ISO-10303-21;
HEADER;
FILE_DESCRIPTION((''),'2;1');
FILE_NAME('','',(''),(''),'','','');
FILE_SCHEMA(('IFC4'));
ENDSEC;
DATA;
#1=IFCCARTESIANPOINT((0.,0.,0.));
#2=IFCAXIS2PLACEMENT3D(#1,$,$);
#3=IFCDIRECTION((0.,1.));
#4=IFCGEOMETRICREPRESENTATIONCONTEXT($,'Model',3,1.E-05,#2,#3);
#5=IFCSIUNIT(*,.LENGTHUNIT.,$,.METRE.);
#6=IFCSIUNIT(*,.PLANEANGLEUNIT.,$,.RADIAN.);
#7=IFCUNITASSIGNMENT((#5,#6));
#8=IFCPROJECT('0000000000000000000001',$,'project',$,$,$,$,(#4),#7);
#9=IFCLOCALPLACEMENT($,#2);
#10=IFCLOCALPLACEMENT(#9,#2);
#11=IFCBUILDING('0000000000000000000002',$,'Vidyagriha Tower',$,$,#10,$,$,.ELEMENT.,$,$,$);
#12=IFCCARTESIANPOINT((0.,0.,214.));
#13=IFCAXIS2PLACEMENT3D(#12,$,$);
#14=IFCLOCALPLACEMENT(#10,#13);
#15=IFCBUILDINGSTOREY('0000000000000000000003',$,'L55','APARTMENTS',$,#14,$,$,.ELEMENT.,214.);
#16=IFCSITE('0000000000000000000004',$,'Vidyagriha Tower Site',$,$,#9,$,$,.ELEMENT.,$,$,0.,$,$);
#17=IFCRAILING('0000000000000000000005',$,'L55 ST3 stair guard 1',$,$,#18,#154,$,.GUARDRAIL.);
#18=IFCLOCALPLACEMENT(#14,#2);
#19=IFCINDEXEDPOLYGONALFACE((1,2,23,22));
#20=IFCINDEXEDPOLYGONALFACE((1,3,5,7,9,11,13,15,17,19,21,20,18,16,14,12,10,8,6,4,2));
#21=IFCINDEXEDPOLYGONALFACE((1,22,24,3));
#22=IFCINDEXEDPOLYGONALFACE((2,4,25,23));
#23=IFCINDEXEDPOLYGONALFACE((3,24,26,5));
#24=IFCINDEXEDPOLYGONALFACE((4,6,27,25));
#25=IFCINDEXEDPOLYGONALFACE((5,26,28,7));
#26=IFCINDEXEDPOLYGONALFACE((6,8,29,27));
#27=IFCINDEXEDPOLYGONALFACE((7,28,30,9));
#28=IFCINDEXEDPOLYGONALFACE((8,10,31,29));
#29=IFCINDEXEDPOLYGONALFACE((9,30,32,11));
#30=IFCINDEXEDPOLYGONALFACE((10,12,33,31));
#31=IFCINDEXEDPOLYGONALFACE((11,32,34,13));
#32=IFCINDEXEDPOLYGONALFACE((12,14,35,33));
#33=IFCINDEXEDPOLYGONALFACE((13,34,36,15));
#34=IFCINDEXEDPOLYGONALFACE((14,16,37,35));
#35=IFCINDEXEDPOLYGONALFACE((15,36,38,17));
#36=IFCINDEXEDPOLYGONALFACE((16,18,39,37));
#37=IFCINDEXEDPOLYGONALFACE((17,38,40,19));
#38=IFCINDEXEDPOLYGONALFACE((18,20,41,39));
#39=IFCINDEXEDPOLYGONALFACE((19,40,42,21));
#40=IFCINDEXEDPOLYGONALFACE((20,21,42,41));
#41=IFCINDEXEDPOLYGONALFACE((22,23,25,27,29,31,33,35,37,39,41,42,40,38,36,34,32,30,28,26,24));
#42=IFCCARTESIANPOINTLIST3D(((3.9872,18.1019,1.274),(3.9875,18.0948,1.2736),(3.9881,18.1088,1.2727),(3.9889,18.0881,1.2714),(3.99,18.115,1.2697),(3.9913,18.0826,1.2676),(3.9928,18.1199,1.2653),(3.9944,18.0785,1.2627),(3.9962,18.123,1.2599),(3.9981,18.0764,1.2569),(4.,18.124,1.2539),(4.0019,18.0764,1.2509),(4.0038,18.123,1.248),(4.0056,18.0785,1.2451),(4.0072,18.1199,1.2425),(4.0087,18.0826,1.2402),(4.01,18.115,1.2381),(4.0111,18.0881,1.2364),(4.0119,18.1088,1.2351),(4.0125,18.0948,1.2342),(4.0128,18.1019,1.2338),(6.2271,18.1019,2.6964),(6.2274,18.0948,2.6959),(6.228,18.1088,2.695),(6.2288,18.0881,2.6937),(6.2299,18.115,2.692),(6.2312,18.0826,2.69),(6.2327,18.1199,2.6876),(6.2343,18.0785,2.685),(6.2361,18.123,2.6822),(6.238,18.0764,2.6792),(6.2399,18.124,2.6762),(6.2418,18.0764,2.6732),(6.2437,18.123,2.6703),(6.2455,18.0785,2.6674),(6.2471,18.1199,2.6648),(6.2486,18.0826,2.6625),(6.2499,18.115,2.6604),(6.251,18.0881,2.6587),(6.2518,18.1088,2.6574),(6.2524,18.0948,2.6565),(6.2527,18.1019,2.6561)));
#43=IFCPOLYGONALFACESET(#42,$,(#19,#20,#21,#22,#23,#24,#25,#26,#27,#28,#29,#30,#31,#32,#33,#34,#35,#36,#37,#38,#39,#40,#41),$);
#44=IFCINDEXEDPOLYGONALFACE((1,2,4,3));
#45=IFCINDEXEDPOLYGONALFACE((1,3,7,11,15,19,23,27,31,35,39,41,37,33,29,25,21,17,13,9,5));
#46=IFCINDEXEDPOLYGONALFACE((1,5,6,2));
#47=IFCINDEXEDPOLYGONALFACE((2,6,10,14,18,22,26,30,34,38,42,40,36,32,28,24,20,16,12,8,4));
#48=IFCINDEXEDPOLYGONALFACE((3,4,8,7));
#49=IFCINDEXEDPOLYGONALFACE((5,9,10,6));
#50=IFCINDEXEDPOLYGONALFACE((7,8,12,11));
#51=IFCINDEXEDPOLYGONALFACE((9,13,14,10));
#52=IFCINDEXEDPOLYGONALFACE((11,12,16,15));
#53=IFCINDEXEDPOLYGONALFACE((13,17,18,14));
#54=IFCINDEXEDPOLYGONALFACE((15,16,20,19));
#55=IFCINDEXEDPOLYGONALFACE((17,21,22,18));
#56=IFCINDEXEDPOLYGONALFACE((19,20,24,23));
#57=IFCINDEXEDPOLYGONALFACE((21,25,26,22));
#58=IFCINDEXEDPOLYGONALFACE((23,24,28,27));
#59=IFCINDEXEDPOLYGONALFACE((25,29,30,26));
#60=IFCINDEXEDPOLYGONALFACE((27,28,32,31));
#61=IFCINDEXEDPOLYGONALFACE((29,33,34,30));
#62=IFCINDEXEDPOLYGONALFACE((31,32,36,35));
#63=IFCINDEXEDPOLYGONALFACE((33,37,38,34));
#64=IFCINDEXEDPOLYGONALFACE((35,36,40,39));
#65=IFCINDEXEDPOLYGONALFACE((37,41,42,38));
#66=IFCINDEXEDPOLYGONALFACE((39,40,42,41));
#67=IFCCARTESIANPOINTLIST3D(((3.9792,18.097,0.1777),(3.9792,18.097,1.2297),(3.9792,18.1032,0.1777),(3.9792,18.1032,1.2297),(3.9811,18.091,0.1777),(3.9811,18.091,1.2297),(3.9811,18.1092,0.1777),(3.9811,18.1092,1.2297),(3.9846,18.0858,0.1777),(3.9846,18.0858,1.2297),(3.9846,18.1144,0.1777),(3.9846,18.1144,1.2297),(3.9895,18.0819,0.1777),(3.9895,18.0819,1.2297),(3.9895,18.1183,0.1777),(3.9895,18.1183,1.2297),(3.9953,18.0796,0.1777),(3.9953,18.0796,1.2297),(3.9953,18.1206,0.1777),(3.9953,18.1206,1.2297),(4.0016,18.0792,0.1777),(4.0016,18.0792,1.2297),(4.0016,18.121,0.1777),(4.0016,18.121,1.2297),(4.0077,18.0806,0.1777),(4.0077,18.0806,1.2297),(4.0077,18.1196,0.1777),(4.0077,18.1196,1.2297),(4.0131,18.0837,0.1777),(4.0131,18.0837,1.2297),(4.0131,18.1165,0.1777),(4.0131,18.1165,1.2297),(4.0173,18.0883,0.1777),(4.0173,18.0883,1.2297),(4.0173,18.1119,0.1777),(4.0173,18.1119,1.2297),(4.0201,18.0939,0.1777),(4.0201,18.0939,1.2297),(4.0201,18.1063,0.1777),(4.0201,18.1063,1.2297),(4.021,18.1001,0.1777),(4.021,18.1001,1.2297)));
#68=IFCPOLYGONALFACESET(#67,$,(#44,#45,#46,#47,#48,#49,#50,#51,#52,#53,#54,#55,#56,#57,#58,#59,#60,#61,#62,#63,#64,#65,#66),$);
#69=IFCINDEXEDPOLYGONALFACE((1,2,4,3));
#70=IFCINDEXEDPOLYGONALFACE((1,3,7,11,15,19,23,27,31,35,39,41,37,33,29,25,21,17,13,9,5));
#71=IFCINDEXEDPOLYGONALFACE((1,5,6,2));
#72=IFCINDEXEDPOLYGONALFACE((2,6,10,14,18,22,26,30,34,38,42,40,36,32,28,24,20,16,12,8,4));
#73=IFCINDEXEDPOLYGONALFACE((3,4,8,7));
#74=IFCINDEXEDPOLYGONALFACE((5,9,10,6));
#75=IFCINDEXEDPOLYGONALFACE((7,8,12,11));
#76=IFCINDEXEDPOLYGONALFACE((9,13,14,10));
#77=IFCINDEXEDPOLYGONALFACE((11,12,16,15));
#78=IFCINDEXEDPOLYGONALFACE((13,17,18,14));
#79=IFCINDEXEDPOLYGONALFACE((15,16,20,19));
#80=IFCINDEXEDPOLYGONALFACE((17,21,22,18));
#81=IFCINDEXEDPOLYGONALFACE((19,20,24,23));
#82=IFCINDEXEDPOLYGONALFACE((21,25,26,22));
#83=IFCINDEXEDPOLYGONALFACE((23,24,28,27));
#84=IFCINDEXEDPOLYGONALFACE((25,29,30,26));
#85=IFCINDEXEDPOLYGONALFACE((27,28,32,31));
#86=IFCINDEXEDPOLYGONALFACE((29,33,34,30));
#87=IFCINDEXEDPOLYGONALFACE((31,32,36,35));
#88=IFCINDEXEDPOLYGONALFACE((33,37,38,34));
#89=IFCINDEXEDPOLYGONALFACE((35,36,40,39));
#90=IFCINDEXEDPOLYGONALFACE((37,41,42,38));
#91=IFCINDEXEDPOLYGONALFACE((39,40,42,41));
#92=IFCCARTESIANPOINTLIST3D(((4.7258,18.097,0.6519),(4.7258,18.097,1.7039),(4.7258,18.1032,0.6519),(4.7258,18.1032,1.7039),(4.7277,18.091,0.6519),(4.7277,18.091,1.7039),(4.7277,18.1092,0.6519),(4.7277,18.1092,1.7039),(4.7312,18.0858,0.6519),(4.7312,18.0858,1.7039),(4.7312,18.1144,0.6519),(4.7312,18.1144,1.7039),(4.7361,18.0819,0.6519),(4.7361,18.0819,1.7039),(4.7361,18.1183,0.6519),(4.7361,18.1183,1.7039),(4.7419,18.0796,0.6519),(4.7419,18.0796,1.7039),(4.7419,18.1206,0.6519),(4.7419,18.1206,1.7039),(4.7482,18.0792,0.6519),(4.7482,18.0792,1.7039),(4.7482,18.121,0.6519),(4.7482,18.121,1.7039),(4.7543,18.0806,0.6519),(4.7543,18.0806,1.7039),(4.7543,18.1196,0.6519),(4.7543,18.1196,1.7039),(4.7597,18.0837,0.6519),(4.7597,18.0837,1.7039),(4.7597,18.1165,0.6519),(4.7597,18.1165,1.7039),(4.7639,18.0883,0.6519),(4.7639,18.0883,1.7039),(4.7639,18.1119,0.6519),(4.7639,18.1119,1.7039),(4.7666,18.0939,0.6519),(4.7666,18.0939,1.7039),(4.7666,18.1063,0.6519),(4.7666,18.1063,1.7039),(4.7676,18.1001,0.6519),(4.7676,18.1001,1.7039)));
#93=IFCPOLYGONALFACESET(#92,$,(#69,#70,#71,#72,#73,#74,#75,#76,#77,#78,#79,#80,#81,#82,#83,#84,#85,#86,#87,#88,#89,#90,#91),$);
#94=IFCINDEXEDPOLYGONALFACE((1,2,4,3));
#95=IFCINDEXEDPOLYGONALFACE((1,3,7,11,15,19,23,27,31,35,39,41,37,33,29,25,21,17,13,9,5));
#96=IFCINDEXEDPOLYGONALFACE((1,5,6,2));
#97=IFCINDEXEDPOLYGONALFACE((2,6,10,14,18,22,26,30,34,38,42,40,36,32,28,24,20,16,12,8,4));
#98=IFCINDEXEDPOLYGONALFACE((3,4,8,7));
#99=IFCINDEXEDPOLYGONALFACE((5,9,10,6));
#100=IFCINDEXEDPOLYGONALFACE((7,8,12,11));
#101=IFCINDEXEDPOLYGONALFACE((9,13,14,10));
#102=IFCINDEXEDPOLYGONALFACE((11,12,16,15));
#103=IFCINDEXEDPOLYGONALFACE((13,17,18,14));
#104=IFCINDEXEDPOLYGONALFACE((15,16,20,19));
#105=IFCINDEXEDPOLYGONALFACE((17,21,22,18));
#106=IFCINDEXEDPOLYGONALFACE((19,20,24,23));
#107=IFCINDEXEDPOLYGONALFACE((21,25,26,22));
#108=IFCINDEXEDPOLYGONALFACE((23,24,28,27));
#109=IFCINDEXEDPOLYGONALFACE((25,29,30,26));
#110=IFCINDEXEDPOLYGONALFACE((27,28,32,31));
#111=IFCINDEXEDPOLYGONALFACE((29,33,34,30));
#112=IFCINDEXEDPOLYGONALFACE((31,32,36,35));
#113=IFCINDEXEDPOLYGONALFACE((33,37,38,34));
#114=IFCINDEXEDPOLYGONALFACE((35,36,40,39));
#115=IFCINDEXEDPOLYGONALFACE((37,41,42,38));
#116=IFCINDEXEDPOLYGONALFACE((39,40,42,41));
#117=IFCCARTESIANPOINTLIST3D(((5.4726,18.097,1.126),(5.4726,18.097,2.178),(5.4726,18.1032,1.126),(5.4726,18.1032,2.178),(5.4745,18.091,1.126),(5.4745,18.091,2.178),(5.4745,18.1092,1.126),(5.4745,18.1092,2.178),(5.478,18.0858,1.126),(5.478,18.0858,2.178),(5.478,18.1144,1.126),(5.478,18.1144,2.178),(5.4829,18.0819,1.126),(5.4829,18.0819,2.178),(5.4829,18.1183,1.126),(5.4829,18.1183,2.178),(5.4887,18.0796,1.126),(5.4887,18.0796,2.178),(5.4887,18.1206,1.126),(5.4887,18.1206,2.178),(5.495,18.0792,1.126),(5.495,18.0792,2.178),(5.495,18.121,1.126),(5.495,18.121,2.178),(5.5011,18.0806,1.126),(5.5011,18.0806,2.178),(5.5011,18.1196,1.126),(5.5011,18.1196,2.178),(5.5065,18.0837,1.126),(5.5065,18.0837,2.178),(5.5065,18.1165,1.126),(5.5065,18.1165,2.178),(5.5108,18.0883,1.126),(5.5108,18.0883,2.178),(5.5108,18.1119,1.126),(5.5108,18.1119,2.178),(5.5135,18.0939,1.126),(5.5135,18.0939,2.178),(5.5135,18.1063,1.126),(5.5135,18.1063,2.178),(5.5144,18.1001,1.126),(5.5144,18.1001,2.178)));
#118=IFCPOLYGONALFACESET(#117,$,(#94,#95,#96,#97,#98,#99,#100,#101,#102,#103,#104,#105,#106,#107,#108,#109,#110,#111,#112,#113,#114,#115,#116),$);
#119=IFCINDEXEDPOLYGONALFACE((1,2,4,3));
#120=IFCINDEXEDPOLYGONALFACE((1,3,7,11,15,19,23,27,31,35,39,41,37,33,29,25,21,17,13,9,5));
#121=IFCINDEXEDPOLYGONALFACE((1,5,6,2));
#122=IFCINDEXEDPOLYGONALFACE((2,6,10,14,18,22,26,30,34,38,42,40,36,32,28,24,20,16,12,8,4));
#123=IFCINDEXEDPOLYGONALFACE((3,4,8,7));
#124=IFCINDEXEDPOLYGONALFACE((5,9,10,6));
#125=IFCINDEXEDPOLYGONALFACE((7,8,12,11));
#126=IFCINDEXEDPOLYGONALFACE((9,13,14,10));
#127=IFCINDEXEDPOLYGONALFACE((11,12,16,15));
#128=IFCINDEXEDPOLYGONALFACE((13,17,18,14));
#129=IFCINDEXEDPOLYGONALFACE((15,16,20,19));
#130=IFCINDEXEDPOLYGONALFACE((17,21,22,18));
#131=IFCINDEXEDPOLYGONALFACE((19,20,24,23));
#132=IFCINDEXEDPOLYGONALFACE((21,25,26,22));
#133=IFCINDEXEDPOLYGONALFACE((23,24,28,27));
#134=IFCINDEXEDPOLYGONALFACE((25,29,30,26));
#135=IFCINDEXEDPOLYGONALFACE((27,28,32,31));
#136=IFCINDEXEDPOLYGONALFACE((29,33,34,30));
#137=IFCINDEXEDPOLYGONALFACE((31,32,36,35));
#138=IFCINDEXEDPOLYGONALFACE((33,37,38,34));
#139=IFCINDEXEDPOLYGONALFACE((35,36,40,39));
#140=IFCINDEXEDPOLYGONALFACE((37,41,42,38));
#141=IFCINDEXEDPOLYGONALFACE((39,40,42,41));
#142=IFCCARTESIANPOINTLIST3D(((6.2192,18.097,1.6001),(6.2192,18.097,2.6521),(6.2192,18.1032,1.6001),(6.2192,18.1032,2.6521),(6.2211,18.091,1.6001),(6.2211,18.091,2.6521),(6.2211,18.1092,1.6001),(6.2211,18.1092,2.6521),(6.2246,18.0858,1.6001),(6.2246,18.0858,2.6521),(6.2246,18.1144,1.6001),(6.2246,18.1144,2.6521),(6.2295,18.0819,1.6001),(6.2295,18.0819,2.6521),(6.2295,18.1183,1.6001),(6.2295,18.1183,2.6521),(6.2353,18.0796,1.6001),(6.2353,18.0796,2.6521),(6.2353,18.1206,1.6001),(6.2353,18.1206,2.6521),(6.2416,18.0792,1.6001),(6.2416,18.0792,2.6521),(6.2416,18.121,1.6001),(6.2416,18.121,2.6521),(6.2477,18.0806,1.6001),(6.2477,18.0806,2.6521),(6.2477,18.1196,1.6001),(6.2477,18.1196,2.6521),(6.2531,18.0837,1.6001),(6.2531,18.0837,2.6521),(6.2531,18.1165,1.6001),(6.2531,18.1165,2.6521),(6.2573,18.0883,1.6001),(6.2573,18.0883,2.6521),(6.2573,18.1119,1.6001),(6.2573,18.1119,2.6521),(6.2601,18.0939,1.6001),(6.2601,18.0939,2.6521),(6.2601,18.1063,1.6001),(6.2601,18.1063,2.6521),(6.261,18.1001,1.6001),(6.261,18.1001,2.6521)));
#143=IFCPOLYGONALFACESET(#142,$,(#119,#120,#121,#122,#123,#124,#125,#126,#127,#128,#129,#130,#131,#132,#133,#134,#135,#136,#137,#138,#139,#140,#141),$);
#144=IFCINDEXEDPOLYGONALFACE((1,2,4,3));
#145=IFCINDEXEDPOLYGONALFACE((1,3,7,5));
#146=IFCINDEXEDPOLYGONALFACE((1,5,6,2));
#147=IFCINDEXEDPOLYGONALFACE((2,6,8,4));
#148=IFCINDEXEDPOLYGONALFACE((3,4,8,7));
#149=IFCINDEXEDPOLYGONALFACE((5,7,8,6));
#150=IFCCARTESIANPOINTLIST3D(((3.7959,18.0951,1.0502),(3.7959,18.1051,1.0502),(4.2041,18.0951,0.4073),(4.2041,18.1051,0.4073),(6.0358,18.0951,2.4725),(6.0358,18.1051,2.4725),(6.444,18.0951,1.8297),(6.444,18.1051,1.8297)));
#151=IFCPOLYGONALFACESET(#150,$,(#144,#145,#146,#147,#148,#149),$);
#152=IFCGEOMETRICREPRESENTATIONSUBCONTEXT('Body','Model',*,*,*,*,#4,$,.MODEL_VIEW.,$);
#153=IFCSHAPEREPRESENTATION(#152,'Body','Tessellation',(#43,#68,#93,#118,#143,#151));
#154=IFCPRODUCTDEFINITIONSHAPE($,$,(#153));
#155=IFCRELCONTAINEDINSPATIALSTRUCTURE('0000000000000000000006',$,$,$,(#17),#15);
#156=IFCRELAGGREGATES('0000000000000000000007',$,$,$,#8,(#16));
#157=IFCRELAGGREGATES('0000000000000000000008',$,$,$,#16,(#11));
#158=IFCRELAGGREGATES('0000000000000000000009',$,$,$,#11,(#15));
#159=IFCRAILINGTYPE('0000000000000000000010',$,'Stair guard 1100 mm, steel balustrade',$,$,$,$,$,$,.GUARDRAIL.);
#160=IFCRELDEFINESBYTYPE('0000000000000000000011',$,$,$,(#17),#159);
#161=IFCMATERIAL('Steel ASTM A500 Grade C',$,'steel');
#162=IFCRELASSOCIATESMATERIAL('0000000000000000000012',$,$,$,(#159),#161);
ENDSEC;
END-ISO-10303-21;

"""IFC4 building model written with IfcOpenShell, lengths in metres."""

from ifc_helpers import new_model, si_unit, direction, frame, origin, origin_2d, place, context, subcontext, project, spatial, rectangle, circle, extrude, material, type_object, element, save


model = new_model("IFC4")

# Units and contexts
model_context = context("Model", 3, precision=1e-05, world=origin(), true_north=direction((0.0, 1.0)))
body_context = subcontext(model_context, "Body", "Model", "MODEL_VIEW")
ifc_project = project(units=[si_unit("LENGTHUNIT", "METRE"), si_unit("PLANEANGLEUNIT", "RADIAN")], contexts=[model_context])

# Site, building, storey
site_placement = place(None, origin())
site = spatial("IfcSite", under=ifc_project, at=site_placement, Name="Vidyagriha Tower Site", CompositionType="ELEMENT", RefElevation=0.0)
building_placement = place(site_placement, origin())
building = spatial("IfcBuilding", under=site, at=building_placement, Name="Vidyagriha Tower", CompositionType="ELEMENT")
storey_placement = place(building_placement, frame((0.0, 0.0, 214.0)))
storey = spatial("IfcBuildingStorey", under=building, at=storey_placement, Name="L55", Description="APARTMENTS", CompositionType="ELEMENT", Elevation=214.0)

# Railing
ifc_material_1 = material(Name="Steel ASTM A500 Grade C", Category="steel")
railing_type_1 = type_object("IfcRailingType", Name="Stair guard 1100 mm, steel balustrade", PredefinedType="GUARDRAIL", material=ifc_material_1)
railing_1_placement = place(storey_placement, frame((4.0, 18.1001, 0.1777)))
element("IfcRailing", 1, at=railing_1_placement, inside=storey, type_object=railing_type_1, Name="L55 ST3 stair guard 1", PredefinedType="GUARDRAIL", context=body_context, shape_type="SweptSolid", body=[
    extrude(circle(Radius=0.0239, at=origin_2d()), frame((0.0, 0.0, 1.0762), z_axis=(0.844188, 0.0, 0.536048), x_axis=(0.0, 1.0, 0.0)), (0.0, 0.0, 1.0), 2.6533),
    extrude(circle(Radius=0.021, at=origin_2d()), origin(), (0.0, 0.0, 1.0), 1.052),
    extrude(circle(Radius=0.021, at=origin_2d()), frame((0.7466, 0.0, 0.4741)), (0.0, 0.0, 1.0), 1.052),
    extrude(circle(Radius=0.021, at=origin_2d()), frame((1.4934, 0.0, 0.9482)), (0.0, 0.0, 1.0), 1.052),
    extrude(circle(Radius=0.021, at=origin_2d()), frame((2.24, 0.0, 1.4224)), (0.0, 0.0, 1.0), 1.052),
    extrude(rectangle(XDim=0.01, YDim=0.7615, at=origin_2d()), frame((0.0, 0.0, 0.551), z_axis=(0.844188, 0.0, 0.536048), x_axis=(0.0, 1.0, 0.0)), (0.0, 0.0, 1.0), 2.6533),
])

save(model, "model.ifc")
